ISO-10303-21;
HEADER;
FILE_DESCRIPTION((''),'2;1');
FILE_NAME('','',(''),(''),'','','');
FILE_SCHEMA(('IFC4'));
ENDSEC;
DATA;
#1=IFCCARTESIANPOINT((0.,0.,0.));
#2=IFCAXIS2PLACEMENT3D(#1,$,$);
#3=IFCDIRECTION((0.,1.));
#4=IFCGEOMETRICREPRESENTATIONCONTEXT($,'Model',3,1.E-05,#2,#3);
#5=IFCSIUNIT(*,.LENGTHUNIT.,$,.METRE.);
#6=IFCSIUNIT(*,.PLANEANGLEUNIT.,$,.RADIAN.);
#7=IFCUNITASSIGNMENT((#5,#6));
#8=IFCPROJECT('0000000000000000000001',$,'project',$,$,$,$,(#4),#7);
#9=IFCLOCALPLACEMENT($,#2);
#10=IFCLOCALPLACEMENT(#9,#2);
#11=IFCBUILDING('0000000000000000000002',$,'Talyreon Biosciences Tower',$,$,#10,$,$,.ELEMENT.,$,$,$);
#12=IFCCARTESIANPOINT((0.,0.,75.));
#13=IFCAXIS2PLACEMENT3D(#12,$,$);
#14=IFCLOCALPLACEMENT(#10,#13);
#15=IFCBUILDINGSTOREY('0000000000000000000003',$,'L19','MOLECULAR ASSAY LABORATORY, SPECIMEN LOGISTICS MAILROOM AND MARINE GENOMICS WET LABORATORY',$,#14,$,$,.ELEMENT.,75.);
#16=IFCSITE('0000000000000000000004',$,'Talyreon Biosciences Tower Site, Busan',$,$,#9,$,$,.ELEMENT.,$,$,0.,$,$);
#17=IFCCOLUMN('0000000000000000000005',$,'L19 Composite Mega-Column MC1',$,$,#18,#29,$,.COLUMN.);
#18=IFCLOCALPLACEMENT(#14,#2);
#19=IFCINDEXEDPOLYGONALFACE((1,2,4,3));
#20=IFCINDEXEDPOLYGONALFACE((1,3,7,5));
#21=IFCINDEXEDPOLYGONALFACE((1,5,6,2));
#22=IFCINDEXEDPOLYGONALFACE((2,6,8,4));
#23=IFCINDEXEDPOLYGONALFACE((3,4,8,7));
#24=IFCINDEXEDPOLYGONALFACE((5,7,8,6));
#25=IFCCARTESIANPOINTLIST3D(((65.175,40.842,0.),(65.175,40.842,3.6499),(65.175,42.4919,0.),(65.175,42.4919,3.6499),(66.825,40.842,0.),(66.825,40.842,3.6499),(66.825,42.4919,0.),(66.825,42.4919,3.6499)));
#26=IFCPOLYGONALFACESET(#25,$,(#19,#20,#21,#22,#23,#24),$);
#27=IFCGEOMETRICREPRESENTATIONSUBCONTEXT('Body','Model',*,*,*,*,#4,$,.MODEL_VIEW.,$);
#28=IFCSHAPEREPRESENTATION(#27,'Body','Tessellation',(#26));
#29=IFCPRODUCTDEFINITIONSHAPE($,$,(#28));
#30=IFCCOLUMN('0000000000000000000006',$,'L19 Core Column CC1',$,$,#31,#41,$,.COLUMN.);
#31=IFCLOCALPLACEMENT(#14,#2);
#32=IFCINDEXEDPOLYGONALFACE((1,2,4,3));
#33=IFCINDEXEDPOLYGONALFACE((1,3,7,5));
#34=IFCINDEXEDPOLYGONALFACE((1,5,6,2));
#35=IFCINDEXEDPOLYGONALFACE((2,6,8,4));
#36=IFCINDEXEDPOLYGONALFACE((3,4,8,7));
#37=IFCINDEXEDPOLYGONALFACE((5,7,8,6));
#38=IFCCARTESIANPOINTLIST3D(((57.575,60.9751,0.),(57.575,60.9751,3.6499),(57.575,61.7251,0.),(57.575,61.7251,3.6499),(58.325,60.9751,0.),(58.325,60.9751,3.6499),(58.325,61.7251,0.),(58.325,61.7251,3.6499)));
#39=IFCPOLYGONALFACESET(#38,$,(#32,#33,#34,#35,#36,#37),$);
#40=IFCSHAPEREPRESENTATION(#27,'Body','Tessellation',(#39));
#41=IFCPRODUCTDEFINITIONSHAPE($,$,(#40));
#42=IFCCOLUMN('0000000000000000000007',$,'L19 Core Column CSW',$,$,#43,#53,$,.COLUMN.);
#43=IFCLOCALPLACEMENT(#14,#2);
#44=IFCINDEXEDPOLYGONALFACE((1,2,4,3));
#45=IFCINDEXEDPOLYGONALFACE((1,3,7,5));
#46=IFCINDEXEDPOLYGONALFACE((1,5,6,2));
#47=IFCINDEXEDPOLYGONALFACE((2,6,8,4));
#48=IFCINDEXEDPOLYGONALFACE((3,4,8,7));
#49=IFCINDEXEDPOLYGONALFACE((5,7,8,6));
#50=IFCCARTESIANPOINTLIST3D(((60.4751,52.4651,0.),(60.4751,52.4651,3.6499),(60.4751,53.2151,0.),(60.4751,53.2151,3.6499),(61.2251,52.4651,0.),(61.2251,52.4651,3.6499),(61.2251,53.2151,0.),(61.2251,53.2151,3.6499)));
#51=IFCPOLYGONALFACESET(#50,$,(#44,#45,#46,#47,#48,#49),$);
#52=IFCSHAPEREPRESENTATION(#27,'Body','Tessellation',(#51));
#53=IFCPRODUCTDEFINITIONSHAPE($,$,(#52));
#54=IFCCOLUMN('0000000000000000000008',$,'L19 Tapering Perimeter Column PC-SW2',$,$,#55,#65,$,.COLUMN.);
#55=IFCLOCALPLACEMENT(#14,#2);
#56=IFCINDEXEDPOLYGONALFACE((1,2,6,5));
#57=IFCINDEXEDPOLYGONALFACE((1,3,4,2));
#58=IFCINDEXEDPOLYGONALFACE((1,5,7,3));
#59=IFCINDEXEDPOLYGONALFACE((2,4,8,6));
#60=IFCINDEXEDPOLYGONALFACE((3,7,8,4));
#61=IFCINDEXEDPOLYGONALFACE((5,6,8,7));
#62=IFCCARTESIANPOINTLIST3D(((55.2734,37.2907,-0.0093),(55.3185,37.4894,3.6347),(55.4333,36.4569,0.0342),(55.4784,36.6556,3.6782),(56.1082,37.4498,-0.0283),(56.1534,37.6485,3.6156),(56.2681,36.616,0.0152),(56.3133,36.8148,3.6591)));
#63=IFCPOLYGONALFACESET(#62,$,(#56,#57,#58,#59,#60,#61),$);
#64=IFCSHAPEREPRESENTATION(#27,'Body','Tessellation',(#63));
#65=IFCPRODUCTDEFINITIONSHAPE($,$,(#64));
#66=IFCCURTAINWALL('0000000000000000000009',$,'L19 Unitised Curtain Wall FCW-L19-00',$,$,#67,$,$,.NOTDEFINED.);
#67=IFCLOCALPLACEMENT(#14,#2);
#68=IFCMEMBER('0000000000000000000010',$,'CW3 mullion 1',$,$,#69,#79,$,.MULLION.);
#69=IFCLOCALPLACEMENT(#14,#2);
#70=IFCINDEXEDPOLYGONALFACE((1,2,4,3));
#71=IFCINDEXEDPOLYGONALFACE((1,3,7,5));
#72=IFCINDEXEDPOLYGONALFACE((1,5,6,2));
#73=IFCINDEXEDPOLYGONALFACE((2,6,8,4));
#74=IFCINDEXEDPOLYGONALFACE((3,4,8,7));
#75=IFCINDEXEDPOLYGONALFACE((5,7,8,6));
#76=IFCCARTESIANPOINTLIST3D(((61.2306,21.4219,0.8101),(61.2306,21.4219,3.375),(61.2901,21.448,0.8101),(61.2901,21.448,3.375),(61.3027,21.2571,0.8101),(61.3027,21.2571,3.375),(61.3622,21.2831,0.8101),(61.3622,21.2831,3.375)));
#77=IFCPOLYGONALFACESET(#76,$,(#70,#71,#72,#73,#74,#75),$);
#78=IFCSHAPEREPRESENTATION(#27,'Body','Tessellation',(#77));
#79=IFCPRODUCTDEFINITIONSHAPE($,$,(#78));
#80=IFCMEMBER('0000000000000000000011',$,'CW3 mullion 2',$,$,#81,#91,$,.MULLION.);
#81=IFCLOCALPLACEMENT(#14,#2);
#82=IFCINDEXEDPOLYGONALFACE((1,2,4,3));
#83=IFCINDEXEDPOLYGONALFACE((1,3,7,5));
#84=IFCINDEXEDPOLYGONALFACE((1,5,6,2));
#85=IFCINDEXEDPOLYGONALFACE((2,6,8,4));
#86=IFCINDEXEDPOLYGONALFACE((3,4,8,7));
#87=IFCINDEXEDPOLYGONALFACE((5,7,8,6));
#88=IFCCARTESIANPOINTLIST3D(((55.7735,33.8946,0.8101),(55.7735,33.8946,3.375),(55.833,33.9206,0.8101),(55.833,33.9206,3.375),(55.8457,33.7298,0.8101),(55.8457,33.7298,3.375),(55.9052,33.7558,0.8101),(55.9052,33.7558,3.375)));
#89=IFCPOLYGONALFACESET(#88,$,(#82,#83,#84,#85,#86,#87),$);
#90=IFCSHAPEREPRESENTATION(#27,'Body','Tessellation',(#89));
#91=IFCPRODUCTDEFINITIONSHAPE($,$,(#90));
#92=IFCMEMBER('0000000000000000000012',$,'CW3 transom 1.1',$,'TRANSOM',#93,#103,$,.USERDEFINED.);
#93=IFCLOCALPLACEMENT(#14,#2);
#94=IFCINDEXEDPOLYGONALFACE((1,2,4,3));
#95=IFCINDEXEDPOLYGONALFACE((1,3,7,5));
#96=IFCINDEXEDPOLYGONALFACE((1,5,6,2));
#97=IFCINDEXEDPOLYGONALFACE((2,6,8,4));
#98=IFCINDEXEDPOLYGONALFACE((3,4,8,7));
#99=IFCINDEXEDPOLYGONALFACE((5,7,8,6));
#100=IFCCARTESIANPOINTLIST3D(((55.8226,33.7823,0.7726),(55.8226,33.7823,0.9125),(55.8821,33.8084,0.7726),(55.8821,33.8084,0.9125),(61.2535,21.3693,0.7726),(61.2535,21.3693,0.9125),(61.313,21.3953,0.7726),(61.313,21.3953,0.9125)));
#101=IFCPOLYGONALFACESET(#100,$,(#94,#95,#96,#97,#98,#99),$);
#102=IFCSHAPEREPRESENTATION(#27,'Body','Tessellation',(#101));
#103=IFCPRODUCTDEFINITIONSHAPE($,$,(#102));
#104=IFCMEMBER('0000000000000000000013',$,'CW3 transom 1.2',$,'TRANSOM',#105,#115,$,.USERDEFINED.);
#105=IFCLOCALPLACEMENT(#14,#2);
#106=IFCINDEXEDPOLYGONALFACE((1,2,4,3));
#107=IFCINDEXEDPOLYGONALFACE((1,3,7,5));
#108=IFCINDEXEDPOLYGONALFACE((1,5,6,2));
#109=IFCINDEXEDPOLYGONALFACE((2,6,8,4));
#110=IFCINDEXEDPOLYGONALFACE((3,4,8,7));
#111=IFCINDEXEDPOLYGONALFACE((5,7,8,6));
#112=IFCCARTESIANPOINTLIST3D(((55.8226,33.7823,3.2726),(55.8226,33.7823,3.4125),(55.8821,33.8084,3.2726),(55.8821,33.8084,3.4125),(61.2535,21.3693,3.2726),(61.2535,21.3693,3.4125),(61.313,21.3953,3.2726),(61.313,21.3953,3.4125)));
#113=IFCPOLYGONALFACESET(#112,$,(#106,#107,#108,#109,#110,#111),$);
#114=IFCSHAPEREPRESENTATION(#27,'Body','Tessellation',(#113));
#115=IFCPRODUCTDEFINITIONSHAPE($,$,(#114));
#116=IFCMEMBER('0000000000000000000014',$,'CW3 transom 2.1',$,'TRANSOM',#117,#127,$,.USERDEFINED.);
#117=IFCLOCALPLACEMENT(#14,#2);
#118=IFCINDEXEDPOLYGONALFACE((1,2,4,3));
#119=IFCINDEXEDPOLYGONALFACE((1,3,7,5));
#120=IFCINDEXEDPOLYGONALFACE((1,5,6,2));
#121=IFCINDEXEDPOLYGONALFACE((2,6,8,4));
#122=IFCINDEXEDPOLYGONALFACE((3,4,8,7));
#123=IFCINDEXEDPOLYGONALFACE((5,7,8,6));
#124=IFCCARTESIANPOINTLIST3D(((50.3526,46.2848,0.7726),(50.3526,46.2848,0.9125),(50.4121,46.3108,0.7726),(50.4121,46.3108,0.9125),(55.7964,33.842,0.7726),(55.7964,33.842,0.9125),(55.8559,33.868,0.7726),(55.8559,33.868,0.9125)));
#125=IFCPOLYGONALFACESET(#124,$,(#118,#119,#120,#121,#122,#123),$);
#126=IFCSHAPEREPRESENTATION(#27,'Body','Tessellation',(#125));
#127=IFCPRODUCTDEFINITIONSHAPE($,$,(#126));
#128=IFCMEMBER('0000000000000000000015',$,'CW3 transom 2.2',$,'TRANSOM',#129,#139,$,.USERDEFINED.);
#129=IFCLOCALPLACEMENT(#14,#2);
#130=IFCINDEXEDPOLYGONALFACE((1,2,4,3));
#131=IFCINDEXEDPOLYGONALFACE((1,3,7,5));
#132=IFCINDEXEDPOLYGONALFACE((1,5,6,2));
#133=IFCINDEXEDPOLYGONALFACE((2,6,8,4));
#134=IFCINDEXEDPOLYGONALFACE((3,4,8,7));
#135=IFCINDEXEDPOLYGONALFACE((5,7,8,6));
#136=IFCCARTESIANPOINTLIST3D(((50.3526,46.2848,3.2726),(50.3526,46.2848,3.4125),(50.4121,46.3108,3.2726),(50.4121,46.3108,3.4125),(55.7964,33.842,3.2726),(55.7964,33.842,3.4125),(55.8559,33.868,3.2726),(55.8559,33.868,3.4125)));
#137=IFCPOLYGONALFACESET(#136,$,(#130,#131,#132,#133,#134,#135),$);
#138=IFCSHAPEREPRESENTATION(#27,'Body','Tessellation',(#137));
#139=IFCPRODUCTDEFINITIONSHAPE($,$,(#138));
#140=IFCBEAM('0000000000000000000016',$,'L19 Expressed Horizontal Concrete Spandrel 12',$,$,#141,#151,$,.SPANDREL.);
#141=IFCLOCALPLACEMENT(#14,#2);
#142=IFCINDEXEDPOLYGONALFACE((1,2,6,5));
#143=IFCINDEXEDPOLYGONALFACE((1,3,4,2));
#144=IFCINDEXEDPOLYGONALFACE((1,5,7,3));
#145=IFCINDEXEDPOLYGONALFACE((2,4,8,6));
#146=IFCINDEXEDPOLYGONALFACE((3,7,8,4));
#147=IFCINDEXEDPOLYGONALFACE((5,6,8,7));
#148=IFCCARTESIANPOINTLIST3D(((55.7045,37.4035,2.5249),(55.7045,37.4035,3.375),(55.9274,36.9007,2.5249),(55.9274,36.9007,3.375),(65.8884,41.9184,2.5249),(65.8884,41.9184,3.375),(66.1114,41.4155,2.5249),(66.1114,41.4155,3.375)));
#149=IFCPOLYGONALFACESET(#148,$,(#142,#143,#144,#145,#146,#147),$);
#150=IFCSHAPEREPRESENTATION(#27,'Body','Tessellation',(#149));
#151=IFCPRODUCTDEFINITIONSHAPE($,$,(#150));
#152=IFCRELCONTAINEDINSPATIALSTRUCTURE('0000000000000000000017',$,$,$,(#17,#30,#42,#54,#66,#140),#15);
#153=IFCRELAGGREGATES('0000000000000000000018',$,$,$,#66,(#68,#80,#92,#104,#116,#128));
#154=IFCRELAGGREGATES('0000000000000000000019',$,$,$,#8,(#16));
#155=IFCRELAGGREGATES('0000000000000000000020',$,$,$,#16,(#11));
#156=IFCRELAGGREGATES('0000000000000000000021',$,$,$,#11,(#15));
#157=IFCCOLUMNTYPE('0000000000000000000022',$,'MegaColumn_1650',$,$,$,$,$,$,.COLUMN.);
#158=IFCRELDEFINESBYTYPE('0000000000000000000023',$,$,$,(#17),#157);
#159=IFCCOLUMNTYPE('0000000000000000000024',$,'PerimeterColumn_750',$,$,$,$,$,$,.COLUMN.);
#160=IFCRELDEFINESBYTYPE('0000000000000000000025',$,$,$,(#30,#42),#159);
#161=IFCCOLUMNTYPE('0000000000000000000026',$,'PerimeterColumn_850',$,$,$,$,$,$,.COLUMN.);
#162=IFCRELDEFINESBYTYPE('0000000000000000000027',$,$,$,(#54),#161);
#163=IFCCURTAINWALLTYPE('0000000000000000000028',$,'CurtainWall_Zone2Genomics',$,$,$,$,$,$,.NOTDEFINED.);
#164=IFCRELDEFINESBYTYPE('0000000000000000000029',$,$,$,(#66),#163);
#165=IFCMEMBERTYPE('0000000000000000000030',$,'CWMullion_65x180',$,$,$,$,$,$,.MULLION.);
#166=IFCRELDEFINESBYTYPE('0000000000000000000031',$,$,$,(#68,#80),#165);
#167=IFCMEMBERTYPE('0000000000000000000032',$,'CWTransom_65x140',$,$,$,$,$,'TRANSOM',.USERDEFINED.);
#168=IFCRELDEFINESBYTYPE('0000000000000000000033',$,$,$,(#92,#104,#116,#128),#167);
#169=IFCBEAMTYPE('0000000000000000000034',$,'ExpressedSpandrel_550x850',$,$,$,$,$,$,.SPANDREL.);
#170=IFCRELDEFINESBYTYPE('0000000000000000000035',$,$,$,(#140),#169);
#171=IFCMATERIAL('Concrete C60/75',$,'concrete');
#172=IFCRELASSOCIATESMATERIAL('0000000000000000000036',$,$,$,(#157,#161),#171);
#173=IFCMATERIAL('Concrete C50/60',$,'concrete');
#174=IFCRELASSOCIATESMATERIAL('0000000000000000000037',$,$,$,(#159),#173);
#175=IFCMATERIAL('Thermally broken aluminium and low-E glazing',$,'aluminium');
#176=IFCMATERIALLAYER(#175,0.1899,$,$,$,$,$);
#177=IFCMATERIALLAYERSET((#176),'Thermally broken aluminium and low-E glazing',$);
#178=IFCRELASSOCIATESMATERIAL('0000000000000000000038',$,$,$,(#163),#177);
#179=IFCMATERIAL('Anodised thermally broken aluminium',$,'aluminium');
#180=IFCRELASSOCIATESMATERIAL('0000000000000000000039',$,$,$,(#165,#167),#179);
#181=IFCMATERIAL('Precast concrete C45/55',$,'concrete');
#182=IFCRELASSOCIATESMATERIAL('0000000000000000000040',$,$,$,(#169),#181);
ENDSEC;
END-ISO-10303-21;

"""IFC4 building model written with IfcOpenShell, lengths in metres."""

from ifc_helpers import new_model, si_unit, direction, frame, origin, origin_2d, place, context, subcontext, project, spatial, rectangle, extrude, material, layer, layer_set, material_profile, profile_set, type_object, element, aggregate, save


model = new_model("IFC4")

# Units and contexts
model_context = context("Model", 3, precision=1e-05, world=origin(), true_north=direction((0.0, 1.0)))
body_context = subcontext(model_context, "Body", "Model", "MODEL_VIEW")
ifc_project = project(units=[si_unit("LENGTHUNIT", "METRE"), si_unit("PLANEANGLEUNIT", "RADIAN")], contexts=[model_context])

# Site, building, storey
site_placement = place(None, origin())
site = spatial("IfcSite", under=ifc_project, at=site_placement, Name="Talyreon Biosciences Tower Site, Busan", CompositionType="ELEMENT", RefElevation=0.0)
building_placement = place(site_placement, origin())
building = spatial("IfcBuilding", under=site, at=building_placement, Name="Talyreon Biosciences Tower", CompositionType="ELEMENT")
storey_placement = place(building_placement, frame((0.0, 0.0, 75.0)))
storey = spatial("IfcBuildingStorey", under=building, at=storey_placement, Name="L19", Description="MOLECULAR ASSAY LABORATORY, SPECIMEN LOGISTICS MAILROOM AND MARINE GENOMICS WET LABORATORY", CompositionType="ELEMENT", Elevation=75.0)

# Columns
ifc_material_1 = material(Name="Concrete C60/75", Category="concrete")
ifc_material_profile_1 = material_profile(ifc_material_1, rectangle(XDim=1.6499, YDim=1.6499, at=origin_2d()), Name="RC 1650x1650")
ifc_profile_set_1 = profile_set([ifc_material_profile_1], Name="Concrete C60/75")
column_type_1 = type_object("IfcColumnType", Name="MegaColumn_1650", PredefinedType="COLUMN", material=ifc_profile_set_1)
column_1_placement = place(storey_placement, frame((66.0, 41.667, 0.0), z_axis=(0.0, 0.0, 1.0), x_axis=(1.0, 0.0, 0.0)))
element("IfcColumn", 1, at=column_1_placement, inside=storey, type_object=column_type_1, Name="L19 Composite Mega-Column MC1", PredefinedType="COLUMN", context=body_context, shape_type="SweptSolid", body=[
    extrude(rectangle(XDim=1.6499, YDim=1.6499, at=origin_2d()), origin(), (0.0, 0.0, 1.0), 3.6499),
])
ifc_material_2 = material(Name="Concrete C50/60", Category="concrete")
ifc_material_profile_2 = material_profile(ifc_material_2, rectangle(XDim=0.75, YDim=0.75, at=origin_2d()), Name="RC 750x750")
ifc_profile_set_2 = profile_set([ifc_material_profile_2], Name="Concrete C50/60")
column_type_2 = type_object("IfcColumnType", Name="PerimeterColumn_750", PredefinedType="COLUMN", material=ifc_profile_set_2)
for number, where, z_axis, x_axis, name in (
    (2, (57.95, 61.3501, 0.0), (0.0, 0.0, 1.0), (1.0, 0.0, 0.0), "L19 Core Column CC1"),
    (3, (60.8501, 52.8401, 0.0), (0.0, 0.0, 1.0), (1.0, 0.0, 0.0), "L19 Core Column CSW"),
):
    element("IfcColumn", number, at=place(storey_placement, frame(where, z_axis=z_axis, x_axis=x_axis)), inside=storey, type_object=column_type_2, Name=name, PredefinedType="COLUMN", context=body_context, shape_type="SweptSolid", body=[
        extrude(rectangle(XDim=0.75, YDim=0.75, at=origin_2d()), origin(), (0.0, 0.0, 1.0), 3.6499),
    ])
ifc_material_profile_3 = material_profile(ifc_material_1, rectangle(XDim=0.8501, YDim=0.8501, at=origin_2d()), Name="RC 850x850")
ifc_profile_set_3 = profile_set([ifc_material_profile_3], Name="Concrete C60/75")
column_type_3 = type_object("IfcColumnType", Name="PerimeterColumn_850", PredefinedType="COLUMN", material=ifc_profile_set_3)
column_2_placement = place(storey_placement, frame((55.7708, 36.9534, 0.0029), z_axis=(0.012375, 0.054451, 0.99844), x_axis=(-0.188088, 0.980819, -0.051158)))
element("IfcColumn", 4, at=column_2_placement, inside=storey, type_object=column_type_3, Name="L19 Tapering Perimeter Column PC-SW2", PredefinedType="COLUMN", context=body_context, shape_type="SweptSolid", body=[
    extrude(rectangle(XDim=0.8501, YDim=0.8501, at=origin_2d()), origin(), (0.0, 0.0, 1.0), 3.6497),
])

# Curtain wall, members
ifc_material_3 = material(Name="Thermally broken aluminium and low-E glazing", Category="aluminium")
ifc_layer_1 = layer(ifc_material_3, 0.1899)
ifc_layer_set_1 = layer_set([ifc_layer_1], Name="Thermally broken aluminium and low-E glazing")
curtain_wall_type = type_object("IfcCurtainWallType", Name="CurtainWall_Zone2Genomics", PredefinedType="NOTDEFINED", material=ifc_layer_set_1)
curtain_wall_placement = place(storey_placement, origin())
curtain_wall = element("IfcCurtainWall", 5, at=curtain_wall_placement, inside=storey, type_object=curtain_wall_type, Name="L19 Unitised Curtain Wall FCW-L19-00", PredefinedType="NOTDEFINED")
ifc_material_4 = material(Name="Anodised thermally broken aluminium", Category="aluminium")
ifc_material_profile_4 = material_profile(ifc_material_4, rectangle(XDim=0.0649, YDim=0.1799, at=origin_2d()), Name="ALUM MULLION 65x180")
ifc_profile_set_4 = profile_set([ifc_material_profile_4], Name="Anodised thermally broken aluminium")
member_type_1 = type_object("IfcMemberType", Name="CWMullion_65x180", PredefinedType="MULLION", material=ifc_profile_set_4)
member_1_placement = place(storey_placement, frame((61.2964, 21.3525, 0.8101), z_axis=(0.0, 0.0, 1.0), x_axis=(-0.916152, -0.400831, 0.0)))
member_1 = element("IfcMember", 6, at=member_1_placement, type_object=member_type_1, Name="CW3 mullion 1", PredefinedType="MULLION", context=body_context, shape_type="SweptSolid", body=[
    extrude(rectangle(XDim=0.0649, YDim=0.1799, at=origin_2d()), origin(), (0.0, 0.0, 1.0), 2.5649),
])
member_2_placement = place(storey_placement, frame((55.8394, 33.8252, 0.8101), z_axis=(0.0, 0.0, 1.0), x_axis=(-0.916152, -0.400831, 0.0)))
member_2 = element("IfcMember", 7, at=member_2_placement, type_object=member_type_1, Name="CW3 mullion 2", PredefinedType="MULLION", context=body_context, shape_type="SweptSolid", body=[
    extrude(rectangle(XDim=0.0649, YDim=0.1799, at=origin_2d()), origin(), (0.0, 0.0, 1.0), 2.5649),
])
ifc_material_profile_5 = material_profile(ifc_material_4, rectangle(XDim=0.0649, YDim=0.1399, at=origin_2d()), Name="ALUM TRANSOM 65x140")
ifc_profile_set_5 = profile_set([ifc_material_profile_5], Name="Anodised thermally broken aluminium")
member_type_2 = type_object("IfcMemberType", Name="CWTransom_65x140", ElementType="TRANSOM", PredefinedType="USERDEFINED", material=ifc_profile_set_5)
member_3_placement = place(storey_placement, frame((61.2832, 21.3823, 0.8425), z_axis=(-0.40083, 0.916152, 0.0), x_axis=(-0.916152, -0.40083, 0.0)))
member_3 = element("IfcMember", 8, at=member_3_placement, type_object=member_type_2, Name="CW3 transom 1.1", ObjectType="TRANSOM", PredefinedType="USERDEFINED", context=body_context, shape_type="SweptSolid", body=[
    extrude(rectangle(XDim=0.0649, YDim=0.1399, at=origin_2d()), origin(), (0.0, 0.0, 1.0), 13.5491),
])
member_4_placement = place(storey_placement, frame((61.2832, 21.3823, 3.3425), z_axis=(-0.40083, 0.916152, 0.0), x_axis=(-0.916152, -0.40083, 0.0)))
member_4 = element("IfcMember", 9, at=member_4_placement, type_object=member_type_2, Name="CW3 transom 1.2", ObjectType="TRANSOM", PredefinedType="USERDEFINED", context=body_context, shape_type="SweptSolid", body=[
    extrude(rectangle(XDim=0.0649, YDim=0.1399, at=origin_2d()), origin(), (0.0, 0.0, 1.0), 13.5491),
])
member_5_placement = place(storey_placement, frame((55.8262, 33.855, 0.8425), z_axis=(-0.400824, 0.916155, 0.0), x_axis=(-0.916155, -0.400824, 0.0)))
member_5 = element("IfcMember", 10, at=member_5_placement, type_object=member_type_2, Name="CW3 transom 2.1", ObjectType="TRANSOM", PredefinedType="USERDEFINED", context=body_context, shape_type="SweptSolid", body=[
    extrude(rectangle(XDim=0.0649, YDim=0.1399, at=origin_2d()), origin(), (0.0, 0.0, 1.0), 13.5815),
])
member_6_placement = place(storey_placement, frame((55.8262, 33.855, 3.3425), z_axis=(-0.400824, 0.916155, 0.0), x_axis=(-0.916155, -0.400824, 0.0)))
member_6 = element("IfcMember", 11, at=member_6_placement, type_object=member_type_2, Name="CW3 transom 2.2", ObjectType="TRANSOM", PredefinedType="USERDEFINED", context=body_context, shape_type="SweptSolid", body=[
    extrude(rectangle(XDim=0.0649, YDim=0.1399, at=origin_2d()), origin(), (0.0, 0.0, 1.0), 13.5815),
])

# Beam
ifc_material_5 = material(Name="Precast concrete C45/55", Category="concrete")
ifc_material_profile_6 = material_profile(ifc_material_5, rectangle(XDim=0.55, YDim=0.8501, at=origin_2d()), Name="RCB 550x850")
ifc_profile_set_6 = profile_set([ifc_material_profile_6], Name="Precast concrete C45/55")
beam_type_1 = type_object("IfcBeamType", Name="ExpressedSpandrel_550x850", PredefinedType="SPANDREL", material=ifc_profile_set_6)
beam_1_placement = place(storey_placement, frame((55.8159, 37.1521, 2.95), z_axis=(0.91419, 0.405286, 0.0), x_axis=(-0.405286, 0.91419, 0.0)))
element("IfcBeam", 12, at=beam_1_placement, inside=storey, type_object=beam_type_1, Name="L19 Expressed Horizontal Concrete Spandrel 12", PredefinedType="SPANDREL", context=body_context, shape_type="SweptSolid", body=[
    extrude(rectangle(XDim=0.55, YDim=0.8501, at=origin_2d()), origin(), (0.0, 0.0, 1.0), 11.1399),
])

aggregate(curtain_wall, [member_1, member_2, member_3, member_4, member_5, member_6])

save(model, "model.ifc")
